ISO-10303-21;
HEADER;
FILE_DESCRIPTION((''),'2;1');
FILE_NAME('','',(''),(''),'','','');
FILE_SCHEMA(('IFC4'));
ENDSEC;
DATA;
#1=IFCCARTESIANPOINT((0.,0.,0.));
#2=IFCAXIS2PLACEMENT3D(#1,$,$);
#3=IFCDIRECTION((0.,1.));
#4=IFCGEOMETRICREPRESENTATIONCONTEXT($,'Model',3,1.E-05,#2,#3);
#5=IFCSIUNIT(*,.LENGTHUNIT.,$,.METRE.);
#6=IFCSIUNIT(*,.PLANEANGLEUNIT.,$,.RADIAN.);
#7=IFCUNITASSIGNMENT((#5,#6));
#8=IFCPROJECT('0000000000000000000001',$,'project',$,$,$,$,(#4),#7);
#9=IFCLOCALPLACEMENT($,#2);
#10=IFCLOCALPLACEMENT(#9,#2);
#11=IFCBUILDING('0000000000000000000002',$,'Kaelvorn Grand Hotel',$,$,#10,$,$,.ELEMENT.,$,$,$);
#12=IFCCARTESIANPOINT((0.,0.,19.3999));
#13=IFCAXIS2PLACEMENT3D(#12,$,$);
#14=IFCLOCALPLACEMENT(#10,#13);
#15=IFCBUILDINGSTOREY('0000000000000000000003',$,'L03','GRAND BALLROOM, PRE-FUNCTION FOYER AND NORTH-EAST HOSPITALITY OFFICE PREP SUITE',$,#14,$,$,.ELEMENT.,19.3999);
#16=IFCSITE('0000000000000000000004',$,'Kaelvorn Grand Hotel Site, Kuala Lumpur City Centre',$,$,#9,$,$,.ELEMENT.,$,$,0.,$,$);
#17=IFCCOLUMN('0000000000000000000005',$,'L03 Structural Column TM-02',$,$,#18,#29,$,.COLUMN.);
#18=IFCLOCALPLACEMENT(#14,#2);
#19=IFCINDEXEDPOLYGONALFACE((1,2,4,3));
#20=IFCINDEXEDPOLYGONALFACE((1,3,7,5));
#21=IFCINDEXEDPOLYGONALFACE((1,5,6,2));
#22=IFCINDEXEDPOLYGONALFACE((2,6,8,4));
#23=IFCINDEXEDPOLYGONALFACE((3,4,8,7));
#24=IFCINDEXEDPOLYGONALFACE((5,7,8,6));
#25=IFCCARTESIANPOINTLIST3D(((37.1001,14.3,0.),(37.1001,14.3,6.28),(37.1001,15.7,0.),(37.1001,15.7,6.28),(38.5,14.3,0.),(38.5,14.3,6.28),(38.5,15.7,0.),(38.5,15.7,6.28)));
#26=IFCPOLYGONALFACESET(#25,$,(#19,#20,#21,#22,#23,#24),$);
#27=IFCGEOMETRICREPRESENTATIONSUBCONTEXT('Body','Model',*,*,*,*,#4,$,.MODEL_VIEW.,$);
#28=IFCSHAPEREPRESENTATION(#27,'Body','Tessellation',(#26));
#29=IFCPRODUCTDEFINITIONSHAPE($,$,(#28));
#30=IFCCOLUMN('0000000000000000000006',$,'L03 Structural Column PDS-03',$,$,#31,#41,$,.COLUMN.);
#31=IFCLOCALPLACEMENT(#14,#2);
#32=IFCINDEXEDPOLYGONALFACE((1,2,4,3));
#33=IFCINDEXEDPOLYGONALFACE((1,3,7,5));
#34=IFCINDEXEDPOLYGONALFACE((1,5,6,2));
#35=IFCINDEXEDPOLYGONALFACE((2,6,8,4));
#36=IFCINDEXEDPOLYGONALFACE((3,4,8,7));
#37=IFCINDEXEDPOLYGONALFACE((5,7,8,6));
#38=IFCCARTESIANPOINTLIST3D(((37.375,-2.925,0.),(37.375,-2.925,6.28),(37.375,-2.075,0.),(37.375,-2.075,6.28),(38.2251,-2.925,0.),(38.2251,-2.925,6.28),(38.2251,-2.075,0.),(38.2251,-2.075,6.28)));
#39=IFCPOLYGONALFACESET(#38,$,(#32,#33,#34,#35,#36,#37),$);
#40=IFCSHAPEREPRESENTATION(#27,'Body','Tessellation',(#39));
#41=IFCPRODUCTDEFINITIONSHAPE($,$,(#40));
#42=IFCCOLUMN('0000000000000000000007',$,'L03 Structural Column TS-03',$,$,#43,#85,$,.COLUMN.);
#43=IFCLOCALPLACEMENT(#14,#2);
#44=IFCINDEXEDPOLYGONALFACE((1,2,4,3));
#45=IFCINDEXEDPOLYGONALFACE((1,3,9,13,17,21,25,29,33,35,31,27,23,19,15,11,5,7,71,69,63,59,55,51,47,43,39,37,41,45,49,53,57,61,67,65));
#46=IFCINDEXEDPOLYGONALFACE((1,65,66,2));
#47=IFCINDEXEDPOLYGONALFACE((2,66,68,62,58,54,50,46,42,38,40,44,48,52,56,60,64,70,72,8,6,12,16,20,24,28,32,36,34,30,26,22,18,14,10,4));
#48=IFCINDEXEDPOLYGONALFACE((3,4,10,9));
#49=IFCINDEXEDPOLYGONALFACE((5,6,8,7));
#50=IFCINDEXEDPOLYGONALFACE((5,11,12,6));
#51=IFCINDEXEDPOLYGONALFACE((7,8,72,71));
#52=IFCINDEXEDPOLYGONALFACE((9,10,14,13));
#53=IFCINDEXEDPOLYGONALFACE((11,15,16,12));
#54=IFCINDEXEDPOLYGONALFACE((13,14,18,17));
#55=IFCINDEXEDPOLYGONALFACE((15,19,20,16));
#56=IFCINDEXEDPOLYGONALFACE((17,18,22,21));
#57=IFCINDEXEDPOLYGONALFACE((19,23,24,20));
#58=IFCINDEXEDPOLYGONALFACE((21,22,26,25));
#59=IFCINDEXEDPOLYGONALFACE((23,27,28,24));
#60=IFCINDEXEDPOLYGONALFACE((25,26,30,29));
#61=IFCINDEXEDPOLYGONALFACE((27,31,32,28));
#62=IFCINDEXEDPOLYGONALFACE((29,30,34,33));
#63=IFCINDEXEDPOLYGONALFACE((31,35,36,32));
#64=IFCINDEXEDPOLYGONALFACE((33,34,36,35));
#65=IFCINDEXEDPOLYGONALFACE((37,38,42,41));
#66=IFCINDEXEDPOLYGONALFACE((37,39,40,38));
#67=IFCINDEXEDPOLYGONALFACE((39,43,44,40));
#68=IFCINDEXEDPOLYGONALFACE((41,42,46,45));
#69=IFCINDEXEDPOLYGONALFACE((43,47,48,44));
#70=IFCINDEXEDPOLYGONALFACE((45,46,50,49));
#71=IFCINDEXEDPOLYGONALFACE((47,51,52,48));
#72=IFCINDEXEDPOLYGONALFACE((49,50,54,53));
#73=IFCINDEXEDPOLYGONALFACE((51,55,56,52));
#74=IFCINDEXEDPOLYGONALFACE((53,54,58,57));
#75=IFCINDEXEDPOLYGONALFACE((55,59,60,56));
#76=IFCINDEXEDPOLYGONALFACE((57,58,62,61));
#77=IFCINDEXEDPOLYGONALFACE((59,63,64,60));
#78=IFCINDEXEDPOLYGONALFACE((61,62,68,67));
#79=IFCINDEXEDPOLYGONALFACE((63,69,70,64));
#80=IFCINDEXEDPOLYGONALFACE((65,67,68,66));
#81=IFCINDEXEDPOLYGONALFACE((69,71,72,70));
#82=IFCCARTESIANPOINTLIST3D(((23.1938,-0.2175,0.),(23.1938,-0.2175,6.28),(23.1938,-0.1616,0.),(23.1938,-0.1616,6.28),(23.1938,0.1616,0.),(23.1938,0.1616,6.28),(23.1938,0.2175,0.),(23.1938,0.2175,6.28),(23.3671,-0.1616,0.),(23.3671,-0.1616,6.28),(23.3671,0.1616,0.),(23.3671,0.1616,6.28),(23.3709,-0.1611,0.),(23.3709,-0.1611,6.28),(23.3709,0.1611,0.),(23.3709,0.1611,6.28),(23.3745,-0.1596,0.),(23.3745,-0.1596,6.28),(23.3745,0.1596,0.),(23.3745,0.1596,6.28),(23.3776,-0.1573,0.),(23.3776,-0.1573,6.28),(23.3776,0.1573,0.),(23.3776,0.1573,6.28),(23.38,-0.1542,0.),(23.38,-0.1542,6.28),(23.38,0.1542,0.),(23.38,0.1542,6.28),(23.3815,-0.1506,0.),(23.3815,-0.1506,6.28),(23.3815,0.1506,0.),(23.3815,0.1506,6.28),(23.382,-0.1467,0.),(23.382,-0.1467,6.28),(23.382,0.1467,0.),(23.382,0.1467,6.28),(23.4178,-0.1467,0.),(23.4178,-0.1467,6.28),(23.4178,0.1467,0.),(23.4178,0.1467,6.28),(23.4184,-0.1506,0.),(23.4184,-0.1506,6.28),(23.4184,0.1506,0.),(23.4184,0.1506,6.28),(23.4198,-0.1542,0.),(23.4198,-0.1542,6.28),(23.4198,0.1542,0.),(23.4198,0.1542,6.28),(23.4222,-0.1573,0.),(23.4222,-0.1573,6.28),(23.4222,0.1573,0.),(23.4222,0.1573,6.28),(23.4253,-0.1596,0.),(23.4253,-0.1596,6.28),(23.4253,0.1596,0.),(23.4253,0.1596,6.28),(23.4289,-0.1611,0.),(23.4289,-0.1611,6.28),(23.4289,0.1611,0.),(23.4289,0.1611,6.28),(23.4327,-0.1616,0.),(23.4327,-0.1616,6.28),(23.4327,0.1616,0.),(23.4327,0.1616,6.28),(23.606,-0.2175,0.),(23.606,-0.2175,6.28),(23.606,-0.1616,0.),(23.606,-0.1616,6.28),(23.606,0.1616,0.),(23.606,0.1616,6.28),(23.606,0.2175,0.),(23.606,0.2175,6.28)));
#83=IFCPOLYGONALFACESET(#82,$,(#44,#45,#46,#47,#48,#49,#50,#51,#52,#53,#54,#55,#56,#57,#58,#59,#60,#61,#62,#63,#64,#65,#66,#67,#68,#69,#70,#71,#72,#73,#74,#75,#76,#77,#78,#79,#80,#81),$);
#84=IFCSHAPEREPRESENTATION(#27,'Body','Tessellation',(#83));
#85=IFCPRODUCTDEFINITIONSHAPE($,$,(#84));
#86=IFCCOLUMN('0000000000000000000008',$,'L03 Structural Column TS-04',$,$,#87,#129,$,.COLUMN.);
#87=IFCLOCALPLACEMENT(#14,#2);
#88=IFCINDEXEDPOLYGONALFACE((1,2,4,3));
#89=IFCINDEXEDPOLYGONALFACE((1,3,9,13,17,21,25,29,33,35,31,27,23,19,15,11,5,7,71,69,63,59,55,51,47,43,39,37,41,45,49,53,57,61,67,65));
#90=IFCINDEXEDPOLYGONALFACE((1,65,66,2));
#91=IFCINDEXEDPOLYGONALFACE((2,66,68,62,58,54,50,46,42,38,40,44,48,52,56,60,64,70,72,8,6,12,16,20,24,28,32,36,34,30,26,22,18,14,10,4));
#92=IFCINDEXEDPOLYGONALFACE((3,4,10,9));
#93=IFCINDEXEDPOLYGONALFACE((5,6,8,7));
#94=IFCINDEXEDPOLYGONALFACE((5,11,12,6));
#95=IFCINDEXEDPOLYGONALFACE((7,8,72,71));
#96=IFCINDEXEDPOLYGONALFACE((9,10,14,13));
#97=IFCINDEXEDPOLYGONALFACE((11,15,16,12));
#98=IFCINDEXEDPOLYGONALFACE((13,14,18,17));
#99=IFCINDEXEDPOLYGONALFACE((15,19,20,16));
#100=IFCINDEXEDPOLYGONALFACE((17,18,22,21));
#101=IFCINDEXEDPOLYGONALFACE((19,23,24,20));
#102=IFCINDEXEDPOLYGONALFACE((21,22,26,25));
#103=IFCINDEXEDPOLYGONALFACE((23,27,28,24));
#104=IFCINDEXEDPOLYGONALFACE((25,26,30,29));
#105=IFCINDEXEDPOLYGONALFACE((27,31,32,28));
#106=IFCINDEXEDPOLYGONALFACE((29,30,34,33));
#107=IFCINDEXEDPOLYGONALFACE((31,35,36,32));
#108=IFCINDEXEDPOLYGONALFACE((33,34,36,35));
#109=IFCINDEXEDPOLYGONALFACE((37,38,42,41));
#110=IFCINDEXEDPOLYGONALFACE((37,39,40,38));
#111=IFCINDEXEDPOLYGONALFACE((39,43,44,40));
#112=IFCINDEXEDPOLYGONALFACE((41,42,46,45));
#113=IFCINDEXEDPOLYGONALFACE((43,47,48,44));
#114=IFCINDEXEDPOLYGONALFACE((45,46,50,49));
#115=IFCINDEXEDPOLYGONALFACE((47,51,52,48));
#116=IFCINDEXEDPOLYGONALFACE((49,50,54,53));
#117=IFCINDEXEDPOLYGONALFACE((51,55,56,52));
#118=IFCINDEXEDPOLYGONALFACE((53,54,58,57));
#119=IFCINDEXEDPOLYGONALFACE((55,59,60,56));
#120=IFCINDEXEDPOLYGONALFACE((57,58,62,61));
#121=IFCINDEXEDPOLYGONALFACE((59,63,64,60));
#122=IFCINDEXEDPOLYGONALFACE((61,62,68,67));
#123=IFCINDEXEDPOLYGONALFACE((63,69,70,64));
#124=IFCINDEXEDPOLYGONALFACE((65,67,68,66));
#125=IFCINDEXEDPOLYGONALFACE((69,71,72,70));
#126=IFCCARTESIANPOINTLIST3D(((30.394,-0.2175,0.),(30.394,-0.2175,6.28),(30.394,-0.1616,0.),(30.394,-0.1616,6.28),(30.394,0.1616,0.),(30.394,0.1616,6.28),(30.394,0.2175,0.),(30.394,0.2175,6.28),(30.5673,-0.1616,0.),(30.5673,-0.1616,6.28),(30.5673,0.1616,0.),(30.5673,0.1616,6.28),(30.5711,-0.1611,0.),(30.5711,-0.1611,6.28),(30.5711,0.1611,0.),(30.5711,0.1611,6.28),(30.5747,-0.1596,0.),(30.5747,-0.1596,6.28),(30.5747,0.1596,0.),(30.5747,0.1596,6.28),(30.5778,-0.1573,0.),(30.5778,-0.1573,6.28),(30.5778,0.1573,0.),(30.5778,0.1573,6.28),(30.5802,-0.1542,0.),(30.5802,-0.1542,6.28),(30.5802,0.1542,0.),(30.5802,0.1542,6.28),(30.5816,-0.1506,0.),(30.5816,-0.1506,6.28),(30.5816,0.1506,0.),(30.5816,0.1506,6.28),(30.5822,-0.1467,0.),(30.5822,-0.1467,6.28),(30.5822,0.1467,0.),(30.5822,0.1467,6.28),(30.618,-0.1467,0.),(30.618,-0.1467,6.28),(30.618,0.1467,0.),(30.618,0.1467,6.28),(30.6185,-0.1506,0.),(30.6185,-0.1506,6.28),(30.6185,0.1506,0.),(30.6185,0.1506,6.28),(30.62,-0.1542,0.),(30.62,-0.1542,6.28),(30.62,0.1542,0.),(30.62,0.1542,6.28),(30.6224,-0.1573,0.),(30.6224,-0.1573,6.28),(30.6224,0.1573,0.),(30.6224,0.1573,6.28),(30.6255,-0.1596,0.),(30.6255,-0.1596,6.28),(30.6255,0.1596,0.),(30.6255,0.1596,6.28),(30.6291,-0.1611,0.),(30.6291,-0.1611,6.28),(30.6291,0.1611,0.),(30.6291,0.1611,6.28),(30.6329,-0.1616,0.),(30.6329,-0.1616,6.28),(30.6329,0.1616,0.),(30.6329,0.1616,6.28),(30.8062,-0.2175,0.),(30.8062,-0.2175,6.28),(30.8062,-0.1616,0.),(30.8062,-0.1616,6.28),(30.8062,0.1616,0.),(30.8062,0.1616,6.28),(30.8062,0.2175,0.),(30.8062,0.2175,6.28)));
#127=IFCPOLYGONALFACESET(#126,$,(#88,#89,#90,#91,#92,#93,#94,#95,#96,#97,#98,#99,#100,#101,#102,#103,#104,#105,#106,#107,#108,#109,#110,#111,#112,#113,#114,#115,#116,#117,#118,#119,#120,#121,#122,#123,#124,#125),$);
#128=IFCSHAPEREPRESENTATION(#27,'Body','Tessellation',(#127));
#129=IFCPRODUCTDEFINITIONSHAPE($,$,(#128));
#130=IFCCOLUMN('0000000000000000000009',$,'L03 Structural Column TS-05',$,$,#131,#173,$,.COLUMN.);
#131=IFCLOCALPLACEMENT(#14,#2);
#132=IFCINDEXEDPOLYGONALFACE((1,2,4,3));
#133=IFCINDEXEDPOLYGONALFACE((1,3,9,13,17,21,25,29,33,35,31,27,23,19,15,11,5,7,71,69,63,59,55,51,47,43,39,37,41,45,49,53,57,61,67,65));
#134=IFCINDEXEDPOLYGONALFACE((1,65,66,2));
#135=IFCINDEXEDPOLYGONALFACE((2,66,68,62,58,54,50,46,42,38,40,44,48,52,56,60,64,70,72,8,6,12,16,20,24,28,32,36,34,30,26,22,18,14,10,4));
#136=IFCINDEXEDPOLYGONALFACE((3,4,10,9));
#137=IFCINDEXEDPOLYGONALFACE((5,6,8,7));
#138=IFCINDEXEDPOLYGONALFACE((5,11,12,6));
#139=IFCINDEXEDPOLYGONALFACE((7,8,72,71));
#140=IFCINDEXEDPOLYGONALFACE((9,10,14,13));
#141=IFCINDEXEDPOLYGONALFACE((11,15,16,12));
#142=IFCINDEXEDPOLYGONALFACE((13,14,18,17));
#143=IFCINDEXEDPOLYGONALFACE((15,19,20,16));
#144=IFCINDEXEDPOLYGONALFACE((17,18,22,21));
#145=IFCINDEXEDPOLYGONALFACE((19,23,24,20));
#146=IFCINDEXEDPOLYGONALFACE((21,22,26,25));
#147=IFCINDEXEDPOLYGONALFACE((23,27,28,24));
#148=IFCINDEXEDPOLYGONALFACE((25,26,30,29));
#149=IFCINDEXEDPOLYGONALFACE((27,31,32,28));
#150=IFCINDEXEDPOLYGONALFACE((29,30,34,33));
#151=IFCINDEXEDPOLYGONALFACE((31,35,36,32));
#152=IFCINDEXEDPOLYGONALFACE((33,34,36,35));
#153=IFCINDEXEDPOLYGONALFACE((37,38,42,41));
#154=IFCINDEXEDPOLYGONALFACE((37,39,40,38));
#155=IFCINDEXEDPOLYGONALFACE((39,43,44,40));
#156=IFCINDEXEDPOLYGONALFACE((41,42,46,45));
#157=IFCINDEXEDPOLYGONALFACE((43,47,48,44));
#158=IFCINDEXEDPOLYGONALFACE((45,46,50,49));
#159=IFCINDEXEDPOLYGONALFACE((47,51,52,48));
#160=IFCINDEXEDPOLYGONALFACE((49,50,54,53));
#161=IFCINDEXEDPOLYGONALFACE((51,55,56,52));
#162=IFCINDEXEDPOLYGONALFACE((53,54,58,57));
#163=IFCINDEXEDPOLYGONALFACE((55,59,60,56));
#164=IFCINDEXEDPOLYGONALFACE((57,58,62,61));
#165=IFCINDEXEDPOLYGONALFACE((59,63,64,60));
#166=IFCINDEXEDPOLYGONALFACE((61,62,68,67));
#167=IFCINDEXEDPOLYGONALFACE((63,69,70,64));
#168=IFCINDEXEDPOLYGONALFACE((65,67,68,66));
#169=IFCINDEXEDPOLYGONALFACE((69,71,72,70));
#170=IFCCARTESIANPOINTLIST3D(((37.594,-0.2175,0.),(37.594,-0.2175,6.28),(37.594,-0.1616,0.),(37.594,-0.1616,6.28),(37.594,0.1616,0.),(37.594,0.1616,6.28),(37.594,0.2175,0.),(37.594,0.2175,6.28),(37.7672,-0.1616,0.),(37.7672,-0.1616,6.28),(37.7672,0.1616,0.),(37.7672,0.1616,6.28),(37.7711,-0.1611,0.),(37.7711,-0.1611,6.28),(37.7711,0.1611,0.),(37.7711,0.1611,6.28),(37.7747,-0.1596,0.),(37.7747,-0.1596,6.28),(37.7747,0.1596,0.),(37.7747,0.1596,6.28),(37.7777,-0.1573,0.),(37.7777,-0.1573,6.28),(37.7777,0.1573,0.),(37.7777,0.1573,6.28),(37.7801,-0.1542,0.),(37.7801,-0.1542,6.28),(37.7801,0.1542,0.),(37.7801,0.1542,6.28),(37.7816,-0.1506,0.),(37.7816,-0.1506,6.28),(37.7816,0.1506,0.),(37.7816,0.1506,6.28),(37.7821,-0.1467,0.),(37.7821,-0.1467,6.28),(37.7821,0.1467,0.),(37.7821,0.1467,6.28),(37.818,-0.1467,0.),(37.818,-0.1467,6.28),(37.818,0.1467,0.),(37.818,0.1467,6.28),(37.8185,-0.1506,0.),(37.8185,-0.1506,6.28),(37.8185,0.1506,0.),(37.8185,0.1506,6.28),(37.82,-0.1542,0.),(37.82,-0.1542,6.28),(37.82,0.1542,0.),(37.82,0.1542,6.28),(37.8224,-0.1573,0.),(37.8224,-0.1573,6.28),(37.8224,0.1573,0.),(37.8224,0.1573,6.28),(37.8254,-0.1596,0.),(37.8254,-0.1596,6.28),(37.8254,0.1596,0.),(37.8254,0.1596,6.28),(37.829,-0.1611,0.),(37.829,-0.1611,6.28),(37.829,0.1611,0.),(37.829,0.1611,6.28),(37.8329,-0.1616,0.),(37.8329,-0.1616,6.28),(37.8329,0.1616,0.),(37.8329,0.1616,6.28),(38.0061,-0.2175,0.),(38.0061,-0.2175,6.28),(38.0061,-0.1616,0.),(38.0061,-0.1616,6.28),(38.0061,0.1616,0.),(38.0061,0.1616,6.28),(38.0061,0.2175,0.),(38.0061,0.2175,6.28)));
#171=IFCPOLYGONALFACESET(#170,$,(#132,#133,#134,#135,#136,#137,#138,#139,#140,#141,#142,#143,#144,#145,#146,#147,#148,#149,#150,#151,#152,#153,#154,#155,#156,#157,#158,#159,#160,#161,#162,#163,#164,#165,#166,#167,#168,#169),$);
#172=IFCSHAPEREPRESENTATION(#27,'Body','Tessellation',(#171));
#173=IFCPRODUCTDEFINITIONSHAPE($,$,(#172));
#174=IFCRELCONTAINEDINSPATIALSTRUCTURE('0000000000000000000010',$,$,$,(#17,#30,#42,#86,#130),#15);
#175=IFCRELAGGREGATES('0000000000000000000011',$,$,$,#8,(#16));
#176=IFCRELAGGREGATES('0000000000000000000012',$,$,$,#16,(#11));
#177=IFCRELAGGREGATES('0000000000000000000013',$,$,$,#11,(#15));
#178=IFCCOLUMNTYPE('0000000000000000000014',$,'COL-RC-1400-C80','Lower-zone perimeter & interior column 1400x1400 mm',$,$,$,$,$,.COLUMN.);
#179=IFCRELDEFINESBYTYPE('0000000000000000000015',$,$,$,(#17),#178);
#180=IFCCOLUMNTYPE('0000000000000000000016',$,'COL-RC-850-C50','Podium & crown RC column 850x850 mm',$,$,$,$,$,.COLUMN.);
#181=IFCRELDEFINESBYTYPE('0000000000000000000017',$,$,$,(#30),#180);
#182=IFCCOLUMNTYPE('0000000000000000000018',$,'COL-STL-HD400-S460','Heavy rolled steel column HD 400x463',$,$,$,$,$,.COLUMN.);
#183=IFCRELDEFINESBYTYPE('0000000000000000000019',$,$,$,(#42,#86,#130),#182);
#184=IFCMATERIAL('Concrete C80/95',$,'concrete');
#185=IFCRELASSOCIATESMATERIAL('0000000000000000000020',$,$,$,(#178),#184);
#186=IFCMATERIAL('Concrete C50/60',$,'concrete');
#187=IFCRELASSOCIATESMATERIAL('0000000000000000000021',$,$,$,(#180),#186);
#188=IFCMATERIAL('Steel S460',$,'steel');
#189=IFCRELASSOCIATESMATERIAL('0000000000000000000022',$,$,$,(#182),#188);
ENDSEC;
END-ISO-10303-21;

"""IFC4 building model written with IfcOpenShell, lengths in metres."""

from ifc_helpers import new_model, si_unit, direction, frame, origin, origin_2d, place, context, subcontext, project, spatial, rectangle, i_section, extrude, material, material_profile, profile_set, type_object, element, save


model = new_model("IFC4")

# Units and contexts
model_context = context("Model", 3, precision=1e-05, world=origin(), true_north=direction((0.0, 1.0)))
body_context = subcontext(model_context, "Body", "Model", "MODEL_VIEW")
ifc_project = project(units=[si_unit("LENGTHUNIT", "METRE"), si_unit("PLANEANGLEUNIT", "RADIAN")], contexts=[model_context])

# Site, building, storey
site_placement = place(None, origin())
site = spatial("IfcSite", under=ifc_project, at=site_placement, Name="Kaelvorn Grand Hotel Site, Kuala Lumpur City Centre", CompositionType="ELEMENT", RefElevation=0.0)
building_placement = place(site_placement, origin())
building = spatial("IfcBuilding", under=site, at=building_placement, Name="Kaelvorn Grand Hotel", CompositionType="ELEMENT")
storey_placement = place(building_placement, frame((0.0, 0.0, 19.3999)))
storey = spatial("IfcBuildingStorey", under=building, at=storey_placement, Name="L03", Description="GRAND BALLROOM, PRE-FUNCTION FOYER AND NORTH-EAST HOSPITALITY OFFICE PREP SUITE", CompositionType="ELEMENT", Elevation=19.3999)

# Columns
ifc_material_1 = material(Name="Concrete C80/95", Category="concrete")
ifc_material_profile_1 = material_profile(ifc_material_1, rectangle(XDim=1.3999, YDim=1.3999, at=origin_2d()), Name="RC COL 1400x1400")
ifc_profile_set_1 = profile_set([ifc_material_profile_1], Name="Concrete C80/95")
column_type_1 = type_object("IfcColumnType", Name="COL-RC-1400-C80", Description="Lower-zone perimeter & interior column 1400x1400 mm", PredefinedType="COLUMN", material=ifc_profile_set_1)
column_1_placement = place(storey_placement, frame((37.8, 15.0, 0.0), z_axis=(0.0, 0.0, 1.0), x_axis=(1.0, 0.0, 0.0)))
element("IfcColumn", 1, at=column_1_placement, inside=storey, type_object=column_type_1, Name="L03 Structural Column TM-02", PredefinedType="COLUMN", context=body_context, shape_type="SweptSolid", body=[
    extrude(rectangle(XDim=1.3999, YDim=1.3999, at=origin_2d()), origin(), (0.0, 0.0, 1.0), 6.28),
])
ifc_material_2 = material(Name="Concrete C50/60", Category="concrete")
ifc_material_profile_2 = material_profile(ifc_material_2, rectangle(XDim=0.8501, YDim=0.8501, at=origin_2d()), Name="RC COL 850x850")
ifc_profile_set_2 = profile_set([ifc_material_profile_2], Name="Concrete C50/60")
column_type_2 = type_object("IfcColumnType", Name="COL-RC-850-C50", Description="Podium & crown RC column 850x850 mm", PredefinedType="COLUMN", material=ifc_profile_set_2)
column_2_placement = place(storey_placement, frame((37.8, -2.5, 0.0), z_axis=(0.0, 0.0, 1.0), x_axis=(1.0, 0.0, 0.0)))
element("IfcColumn", 2, at=column_2_placement, inside=storey, type_object=column_type_2, Name="L03 Structural Column PDS-03", PredefinedType="COLUMN", context=body_context, shape_type="SweptSolid", body=[
    extrude(rectangle(XDim=0.8501, YDim=0.8501, at=origin_2d()), origin(), (0.0, 0.0, 1.0), 6.28),
])
ifc_material_3 = material(Name="Steel S460", Category="steel")
ifc_material_profile_3 = material_profile(ifc_material_3, i_section(OverallWidth=0.4121, OverallDepth=0.4351, WebThickness=0.0359, FlangeThickness=0.0559, FilletRadius=0.0149, at=origin_2d()), Name="HD 400x463")
ifc_profile_set_3 = profile_set([ifc_material_profile_3], Name="Steel S460")
column_type_3 = type_object("IfcColumnType", Name="COL-STL-HD400-S460", Description="Heavy rolled steel column HD 400x463", PredefinedType="COLUMN", material=ifc_profile_set_3)
for number, where, z_axis, x_axis, name in (
    (3, (23.3999, 0.0, 0.0), (0.0, 0.0, 1.0), (1.0, 0.0, 0.0), "L03 Structural Column TS-03"),
    (4, (30.6001, 0.0, 0.0), (0.0, 0.0, 1.0), (1.0, 0.0, 0.0), "L03 Structural Column TS-04"),
    (5, (37.8, 0.0, 0.0), (0.0, 0.0, 1.0), (1.0, 0.0, 0.0), "L03 Structural Column TS-05"),
):
    element("IfcColumn", number, at=place(storey_placement, frame(where, z_axis=z_axis, x_axis=x_axis)), inside=storey, type_object=column_type_3, Name=name, PredefinedType="COLUMN", context=body_context, shape_type="SweptSolid", body=[
        extrude(i_section(OverallWidth=0.4121, OverallDepth=0.4351, WebThickness=0.0359, FlangeThickness=0.0559, FilletRadius=0.0149, at=origin_2d()), origin(), (0.0, 0.0, 1.0), 6.28),
    ])

save(model, "model.ifc")
